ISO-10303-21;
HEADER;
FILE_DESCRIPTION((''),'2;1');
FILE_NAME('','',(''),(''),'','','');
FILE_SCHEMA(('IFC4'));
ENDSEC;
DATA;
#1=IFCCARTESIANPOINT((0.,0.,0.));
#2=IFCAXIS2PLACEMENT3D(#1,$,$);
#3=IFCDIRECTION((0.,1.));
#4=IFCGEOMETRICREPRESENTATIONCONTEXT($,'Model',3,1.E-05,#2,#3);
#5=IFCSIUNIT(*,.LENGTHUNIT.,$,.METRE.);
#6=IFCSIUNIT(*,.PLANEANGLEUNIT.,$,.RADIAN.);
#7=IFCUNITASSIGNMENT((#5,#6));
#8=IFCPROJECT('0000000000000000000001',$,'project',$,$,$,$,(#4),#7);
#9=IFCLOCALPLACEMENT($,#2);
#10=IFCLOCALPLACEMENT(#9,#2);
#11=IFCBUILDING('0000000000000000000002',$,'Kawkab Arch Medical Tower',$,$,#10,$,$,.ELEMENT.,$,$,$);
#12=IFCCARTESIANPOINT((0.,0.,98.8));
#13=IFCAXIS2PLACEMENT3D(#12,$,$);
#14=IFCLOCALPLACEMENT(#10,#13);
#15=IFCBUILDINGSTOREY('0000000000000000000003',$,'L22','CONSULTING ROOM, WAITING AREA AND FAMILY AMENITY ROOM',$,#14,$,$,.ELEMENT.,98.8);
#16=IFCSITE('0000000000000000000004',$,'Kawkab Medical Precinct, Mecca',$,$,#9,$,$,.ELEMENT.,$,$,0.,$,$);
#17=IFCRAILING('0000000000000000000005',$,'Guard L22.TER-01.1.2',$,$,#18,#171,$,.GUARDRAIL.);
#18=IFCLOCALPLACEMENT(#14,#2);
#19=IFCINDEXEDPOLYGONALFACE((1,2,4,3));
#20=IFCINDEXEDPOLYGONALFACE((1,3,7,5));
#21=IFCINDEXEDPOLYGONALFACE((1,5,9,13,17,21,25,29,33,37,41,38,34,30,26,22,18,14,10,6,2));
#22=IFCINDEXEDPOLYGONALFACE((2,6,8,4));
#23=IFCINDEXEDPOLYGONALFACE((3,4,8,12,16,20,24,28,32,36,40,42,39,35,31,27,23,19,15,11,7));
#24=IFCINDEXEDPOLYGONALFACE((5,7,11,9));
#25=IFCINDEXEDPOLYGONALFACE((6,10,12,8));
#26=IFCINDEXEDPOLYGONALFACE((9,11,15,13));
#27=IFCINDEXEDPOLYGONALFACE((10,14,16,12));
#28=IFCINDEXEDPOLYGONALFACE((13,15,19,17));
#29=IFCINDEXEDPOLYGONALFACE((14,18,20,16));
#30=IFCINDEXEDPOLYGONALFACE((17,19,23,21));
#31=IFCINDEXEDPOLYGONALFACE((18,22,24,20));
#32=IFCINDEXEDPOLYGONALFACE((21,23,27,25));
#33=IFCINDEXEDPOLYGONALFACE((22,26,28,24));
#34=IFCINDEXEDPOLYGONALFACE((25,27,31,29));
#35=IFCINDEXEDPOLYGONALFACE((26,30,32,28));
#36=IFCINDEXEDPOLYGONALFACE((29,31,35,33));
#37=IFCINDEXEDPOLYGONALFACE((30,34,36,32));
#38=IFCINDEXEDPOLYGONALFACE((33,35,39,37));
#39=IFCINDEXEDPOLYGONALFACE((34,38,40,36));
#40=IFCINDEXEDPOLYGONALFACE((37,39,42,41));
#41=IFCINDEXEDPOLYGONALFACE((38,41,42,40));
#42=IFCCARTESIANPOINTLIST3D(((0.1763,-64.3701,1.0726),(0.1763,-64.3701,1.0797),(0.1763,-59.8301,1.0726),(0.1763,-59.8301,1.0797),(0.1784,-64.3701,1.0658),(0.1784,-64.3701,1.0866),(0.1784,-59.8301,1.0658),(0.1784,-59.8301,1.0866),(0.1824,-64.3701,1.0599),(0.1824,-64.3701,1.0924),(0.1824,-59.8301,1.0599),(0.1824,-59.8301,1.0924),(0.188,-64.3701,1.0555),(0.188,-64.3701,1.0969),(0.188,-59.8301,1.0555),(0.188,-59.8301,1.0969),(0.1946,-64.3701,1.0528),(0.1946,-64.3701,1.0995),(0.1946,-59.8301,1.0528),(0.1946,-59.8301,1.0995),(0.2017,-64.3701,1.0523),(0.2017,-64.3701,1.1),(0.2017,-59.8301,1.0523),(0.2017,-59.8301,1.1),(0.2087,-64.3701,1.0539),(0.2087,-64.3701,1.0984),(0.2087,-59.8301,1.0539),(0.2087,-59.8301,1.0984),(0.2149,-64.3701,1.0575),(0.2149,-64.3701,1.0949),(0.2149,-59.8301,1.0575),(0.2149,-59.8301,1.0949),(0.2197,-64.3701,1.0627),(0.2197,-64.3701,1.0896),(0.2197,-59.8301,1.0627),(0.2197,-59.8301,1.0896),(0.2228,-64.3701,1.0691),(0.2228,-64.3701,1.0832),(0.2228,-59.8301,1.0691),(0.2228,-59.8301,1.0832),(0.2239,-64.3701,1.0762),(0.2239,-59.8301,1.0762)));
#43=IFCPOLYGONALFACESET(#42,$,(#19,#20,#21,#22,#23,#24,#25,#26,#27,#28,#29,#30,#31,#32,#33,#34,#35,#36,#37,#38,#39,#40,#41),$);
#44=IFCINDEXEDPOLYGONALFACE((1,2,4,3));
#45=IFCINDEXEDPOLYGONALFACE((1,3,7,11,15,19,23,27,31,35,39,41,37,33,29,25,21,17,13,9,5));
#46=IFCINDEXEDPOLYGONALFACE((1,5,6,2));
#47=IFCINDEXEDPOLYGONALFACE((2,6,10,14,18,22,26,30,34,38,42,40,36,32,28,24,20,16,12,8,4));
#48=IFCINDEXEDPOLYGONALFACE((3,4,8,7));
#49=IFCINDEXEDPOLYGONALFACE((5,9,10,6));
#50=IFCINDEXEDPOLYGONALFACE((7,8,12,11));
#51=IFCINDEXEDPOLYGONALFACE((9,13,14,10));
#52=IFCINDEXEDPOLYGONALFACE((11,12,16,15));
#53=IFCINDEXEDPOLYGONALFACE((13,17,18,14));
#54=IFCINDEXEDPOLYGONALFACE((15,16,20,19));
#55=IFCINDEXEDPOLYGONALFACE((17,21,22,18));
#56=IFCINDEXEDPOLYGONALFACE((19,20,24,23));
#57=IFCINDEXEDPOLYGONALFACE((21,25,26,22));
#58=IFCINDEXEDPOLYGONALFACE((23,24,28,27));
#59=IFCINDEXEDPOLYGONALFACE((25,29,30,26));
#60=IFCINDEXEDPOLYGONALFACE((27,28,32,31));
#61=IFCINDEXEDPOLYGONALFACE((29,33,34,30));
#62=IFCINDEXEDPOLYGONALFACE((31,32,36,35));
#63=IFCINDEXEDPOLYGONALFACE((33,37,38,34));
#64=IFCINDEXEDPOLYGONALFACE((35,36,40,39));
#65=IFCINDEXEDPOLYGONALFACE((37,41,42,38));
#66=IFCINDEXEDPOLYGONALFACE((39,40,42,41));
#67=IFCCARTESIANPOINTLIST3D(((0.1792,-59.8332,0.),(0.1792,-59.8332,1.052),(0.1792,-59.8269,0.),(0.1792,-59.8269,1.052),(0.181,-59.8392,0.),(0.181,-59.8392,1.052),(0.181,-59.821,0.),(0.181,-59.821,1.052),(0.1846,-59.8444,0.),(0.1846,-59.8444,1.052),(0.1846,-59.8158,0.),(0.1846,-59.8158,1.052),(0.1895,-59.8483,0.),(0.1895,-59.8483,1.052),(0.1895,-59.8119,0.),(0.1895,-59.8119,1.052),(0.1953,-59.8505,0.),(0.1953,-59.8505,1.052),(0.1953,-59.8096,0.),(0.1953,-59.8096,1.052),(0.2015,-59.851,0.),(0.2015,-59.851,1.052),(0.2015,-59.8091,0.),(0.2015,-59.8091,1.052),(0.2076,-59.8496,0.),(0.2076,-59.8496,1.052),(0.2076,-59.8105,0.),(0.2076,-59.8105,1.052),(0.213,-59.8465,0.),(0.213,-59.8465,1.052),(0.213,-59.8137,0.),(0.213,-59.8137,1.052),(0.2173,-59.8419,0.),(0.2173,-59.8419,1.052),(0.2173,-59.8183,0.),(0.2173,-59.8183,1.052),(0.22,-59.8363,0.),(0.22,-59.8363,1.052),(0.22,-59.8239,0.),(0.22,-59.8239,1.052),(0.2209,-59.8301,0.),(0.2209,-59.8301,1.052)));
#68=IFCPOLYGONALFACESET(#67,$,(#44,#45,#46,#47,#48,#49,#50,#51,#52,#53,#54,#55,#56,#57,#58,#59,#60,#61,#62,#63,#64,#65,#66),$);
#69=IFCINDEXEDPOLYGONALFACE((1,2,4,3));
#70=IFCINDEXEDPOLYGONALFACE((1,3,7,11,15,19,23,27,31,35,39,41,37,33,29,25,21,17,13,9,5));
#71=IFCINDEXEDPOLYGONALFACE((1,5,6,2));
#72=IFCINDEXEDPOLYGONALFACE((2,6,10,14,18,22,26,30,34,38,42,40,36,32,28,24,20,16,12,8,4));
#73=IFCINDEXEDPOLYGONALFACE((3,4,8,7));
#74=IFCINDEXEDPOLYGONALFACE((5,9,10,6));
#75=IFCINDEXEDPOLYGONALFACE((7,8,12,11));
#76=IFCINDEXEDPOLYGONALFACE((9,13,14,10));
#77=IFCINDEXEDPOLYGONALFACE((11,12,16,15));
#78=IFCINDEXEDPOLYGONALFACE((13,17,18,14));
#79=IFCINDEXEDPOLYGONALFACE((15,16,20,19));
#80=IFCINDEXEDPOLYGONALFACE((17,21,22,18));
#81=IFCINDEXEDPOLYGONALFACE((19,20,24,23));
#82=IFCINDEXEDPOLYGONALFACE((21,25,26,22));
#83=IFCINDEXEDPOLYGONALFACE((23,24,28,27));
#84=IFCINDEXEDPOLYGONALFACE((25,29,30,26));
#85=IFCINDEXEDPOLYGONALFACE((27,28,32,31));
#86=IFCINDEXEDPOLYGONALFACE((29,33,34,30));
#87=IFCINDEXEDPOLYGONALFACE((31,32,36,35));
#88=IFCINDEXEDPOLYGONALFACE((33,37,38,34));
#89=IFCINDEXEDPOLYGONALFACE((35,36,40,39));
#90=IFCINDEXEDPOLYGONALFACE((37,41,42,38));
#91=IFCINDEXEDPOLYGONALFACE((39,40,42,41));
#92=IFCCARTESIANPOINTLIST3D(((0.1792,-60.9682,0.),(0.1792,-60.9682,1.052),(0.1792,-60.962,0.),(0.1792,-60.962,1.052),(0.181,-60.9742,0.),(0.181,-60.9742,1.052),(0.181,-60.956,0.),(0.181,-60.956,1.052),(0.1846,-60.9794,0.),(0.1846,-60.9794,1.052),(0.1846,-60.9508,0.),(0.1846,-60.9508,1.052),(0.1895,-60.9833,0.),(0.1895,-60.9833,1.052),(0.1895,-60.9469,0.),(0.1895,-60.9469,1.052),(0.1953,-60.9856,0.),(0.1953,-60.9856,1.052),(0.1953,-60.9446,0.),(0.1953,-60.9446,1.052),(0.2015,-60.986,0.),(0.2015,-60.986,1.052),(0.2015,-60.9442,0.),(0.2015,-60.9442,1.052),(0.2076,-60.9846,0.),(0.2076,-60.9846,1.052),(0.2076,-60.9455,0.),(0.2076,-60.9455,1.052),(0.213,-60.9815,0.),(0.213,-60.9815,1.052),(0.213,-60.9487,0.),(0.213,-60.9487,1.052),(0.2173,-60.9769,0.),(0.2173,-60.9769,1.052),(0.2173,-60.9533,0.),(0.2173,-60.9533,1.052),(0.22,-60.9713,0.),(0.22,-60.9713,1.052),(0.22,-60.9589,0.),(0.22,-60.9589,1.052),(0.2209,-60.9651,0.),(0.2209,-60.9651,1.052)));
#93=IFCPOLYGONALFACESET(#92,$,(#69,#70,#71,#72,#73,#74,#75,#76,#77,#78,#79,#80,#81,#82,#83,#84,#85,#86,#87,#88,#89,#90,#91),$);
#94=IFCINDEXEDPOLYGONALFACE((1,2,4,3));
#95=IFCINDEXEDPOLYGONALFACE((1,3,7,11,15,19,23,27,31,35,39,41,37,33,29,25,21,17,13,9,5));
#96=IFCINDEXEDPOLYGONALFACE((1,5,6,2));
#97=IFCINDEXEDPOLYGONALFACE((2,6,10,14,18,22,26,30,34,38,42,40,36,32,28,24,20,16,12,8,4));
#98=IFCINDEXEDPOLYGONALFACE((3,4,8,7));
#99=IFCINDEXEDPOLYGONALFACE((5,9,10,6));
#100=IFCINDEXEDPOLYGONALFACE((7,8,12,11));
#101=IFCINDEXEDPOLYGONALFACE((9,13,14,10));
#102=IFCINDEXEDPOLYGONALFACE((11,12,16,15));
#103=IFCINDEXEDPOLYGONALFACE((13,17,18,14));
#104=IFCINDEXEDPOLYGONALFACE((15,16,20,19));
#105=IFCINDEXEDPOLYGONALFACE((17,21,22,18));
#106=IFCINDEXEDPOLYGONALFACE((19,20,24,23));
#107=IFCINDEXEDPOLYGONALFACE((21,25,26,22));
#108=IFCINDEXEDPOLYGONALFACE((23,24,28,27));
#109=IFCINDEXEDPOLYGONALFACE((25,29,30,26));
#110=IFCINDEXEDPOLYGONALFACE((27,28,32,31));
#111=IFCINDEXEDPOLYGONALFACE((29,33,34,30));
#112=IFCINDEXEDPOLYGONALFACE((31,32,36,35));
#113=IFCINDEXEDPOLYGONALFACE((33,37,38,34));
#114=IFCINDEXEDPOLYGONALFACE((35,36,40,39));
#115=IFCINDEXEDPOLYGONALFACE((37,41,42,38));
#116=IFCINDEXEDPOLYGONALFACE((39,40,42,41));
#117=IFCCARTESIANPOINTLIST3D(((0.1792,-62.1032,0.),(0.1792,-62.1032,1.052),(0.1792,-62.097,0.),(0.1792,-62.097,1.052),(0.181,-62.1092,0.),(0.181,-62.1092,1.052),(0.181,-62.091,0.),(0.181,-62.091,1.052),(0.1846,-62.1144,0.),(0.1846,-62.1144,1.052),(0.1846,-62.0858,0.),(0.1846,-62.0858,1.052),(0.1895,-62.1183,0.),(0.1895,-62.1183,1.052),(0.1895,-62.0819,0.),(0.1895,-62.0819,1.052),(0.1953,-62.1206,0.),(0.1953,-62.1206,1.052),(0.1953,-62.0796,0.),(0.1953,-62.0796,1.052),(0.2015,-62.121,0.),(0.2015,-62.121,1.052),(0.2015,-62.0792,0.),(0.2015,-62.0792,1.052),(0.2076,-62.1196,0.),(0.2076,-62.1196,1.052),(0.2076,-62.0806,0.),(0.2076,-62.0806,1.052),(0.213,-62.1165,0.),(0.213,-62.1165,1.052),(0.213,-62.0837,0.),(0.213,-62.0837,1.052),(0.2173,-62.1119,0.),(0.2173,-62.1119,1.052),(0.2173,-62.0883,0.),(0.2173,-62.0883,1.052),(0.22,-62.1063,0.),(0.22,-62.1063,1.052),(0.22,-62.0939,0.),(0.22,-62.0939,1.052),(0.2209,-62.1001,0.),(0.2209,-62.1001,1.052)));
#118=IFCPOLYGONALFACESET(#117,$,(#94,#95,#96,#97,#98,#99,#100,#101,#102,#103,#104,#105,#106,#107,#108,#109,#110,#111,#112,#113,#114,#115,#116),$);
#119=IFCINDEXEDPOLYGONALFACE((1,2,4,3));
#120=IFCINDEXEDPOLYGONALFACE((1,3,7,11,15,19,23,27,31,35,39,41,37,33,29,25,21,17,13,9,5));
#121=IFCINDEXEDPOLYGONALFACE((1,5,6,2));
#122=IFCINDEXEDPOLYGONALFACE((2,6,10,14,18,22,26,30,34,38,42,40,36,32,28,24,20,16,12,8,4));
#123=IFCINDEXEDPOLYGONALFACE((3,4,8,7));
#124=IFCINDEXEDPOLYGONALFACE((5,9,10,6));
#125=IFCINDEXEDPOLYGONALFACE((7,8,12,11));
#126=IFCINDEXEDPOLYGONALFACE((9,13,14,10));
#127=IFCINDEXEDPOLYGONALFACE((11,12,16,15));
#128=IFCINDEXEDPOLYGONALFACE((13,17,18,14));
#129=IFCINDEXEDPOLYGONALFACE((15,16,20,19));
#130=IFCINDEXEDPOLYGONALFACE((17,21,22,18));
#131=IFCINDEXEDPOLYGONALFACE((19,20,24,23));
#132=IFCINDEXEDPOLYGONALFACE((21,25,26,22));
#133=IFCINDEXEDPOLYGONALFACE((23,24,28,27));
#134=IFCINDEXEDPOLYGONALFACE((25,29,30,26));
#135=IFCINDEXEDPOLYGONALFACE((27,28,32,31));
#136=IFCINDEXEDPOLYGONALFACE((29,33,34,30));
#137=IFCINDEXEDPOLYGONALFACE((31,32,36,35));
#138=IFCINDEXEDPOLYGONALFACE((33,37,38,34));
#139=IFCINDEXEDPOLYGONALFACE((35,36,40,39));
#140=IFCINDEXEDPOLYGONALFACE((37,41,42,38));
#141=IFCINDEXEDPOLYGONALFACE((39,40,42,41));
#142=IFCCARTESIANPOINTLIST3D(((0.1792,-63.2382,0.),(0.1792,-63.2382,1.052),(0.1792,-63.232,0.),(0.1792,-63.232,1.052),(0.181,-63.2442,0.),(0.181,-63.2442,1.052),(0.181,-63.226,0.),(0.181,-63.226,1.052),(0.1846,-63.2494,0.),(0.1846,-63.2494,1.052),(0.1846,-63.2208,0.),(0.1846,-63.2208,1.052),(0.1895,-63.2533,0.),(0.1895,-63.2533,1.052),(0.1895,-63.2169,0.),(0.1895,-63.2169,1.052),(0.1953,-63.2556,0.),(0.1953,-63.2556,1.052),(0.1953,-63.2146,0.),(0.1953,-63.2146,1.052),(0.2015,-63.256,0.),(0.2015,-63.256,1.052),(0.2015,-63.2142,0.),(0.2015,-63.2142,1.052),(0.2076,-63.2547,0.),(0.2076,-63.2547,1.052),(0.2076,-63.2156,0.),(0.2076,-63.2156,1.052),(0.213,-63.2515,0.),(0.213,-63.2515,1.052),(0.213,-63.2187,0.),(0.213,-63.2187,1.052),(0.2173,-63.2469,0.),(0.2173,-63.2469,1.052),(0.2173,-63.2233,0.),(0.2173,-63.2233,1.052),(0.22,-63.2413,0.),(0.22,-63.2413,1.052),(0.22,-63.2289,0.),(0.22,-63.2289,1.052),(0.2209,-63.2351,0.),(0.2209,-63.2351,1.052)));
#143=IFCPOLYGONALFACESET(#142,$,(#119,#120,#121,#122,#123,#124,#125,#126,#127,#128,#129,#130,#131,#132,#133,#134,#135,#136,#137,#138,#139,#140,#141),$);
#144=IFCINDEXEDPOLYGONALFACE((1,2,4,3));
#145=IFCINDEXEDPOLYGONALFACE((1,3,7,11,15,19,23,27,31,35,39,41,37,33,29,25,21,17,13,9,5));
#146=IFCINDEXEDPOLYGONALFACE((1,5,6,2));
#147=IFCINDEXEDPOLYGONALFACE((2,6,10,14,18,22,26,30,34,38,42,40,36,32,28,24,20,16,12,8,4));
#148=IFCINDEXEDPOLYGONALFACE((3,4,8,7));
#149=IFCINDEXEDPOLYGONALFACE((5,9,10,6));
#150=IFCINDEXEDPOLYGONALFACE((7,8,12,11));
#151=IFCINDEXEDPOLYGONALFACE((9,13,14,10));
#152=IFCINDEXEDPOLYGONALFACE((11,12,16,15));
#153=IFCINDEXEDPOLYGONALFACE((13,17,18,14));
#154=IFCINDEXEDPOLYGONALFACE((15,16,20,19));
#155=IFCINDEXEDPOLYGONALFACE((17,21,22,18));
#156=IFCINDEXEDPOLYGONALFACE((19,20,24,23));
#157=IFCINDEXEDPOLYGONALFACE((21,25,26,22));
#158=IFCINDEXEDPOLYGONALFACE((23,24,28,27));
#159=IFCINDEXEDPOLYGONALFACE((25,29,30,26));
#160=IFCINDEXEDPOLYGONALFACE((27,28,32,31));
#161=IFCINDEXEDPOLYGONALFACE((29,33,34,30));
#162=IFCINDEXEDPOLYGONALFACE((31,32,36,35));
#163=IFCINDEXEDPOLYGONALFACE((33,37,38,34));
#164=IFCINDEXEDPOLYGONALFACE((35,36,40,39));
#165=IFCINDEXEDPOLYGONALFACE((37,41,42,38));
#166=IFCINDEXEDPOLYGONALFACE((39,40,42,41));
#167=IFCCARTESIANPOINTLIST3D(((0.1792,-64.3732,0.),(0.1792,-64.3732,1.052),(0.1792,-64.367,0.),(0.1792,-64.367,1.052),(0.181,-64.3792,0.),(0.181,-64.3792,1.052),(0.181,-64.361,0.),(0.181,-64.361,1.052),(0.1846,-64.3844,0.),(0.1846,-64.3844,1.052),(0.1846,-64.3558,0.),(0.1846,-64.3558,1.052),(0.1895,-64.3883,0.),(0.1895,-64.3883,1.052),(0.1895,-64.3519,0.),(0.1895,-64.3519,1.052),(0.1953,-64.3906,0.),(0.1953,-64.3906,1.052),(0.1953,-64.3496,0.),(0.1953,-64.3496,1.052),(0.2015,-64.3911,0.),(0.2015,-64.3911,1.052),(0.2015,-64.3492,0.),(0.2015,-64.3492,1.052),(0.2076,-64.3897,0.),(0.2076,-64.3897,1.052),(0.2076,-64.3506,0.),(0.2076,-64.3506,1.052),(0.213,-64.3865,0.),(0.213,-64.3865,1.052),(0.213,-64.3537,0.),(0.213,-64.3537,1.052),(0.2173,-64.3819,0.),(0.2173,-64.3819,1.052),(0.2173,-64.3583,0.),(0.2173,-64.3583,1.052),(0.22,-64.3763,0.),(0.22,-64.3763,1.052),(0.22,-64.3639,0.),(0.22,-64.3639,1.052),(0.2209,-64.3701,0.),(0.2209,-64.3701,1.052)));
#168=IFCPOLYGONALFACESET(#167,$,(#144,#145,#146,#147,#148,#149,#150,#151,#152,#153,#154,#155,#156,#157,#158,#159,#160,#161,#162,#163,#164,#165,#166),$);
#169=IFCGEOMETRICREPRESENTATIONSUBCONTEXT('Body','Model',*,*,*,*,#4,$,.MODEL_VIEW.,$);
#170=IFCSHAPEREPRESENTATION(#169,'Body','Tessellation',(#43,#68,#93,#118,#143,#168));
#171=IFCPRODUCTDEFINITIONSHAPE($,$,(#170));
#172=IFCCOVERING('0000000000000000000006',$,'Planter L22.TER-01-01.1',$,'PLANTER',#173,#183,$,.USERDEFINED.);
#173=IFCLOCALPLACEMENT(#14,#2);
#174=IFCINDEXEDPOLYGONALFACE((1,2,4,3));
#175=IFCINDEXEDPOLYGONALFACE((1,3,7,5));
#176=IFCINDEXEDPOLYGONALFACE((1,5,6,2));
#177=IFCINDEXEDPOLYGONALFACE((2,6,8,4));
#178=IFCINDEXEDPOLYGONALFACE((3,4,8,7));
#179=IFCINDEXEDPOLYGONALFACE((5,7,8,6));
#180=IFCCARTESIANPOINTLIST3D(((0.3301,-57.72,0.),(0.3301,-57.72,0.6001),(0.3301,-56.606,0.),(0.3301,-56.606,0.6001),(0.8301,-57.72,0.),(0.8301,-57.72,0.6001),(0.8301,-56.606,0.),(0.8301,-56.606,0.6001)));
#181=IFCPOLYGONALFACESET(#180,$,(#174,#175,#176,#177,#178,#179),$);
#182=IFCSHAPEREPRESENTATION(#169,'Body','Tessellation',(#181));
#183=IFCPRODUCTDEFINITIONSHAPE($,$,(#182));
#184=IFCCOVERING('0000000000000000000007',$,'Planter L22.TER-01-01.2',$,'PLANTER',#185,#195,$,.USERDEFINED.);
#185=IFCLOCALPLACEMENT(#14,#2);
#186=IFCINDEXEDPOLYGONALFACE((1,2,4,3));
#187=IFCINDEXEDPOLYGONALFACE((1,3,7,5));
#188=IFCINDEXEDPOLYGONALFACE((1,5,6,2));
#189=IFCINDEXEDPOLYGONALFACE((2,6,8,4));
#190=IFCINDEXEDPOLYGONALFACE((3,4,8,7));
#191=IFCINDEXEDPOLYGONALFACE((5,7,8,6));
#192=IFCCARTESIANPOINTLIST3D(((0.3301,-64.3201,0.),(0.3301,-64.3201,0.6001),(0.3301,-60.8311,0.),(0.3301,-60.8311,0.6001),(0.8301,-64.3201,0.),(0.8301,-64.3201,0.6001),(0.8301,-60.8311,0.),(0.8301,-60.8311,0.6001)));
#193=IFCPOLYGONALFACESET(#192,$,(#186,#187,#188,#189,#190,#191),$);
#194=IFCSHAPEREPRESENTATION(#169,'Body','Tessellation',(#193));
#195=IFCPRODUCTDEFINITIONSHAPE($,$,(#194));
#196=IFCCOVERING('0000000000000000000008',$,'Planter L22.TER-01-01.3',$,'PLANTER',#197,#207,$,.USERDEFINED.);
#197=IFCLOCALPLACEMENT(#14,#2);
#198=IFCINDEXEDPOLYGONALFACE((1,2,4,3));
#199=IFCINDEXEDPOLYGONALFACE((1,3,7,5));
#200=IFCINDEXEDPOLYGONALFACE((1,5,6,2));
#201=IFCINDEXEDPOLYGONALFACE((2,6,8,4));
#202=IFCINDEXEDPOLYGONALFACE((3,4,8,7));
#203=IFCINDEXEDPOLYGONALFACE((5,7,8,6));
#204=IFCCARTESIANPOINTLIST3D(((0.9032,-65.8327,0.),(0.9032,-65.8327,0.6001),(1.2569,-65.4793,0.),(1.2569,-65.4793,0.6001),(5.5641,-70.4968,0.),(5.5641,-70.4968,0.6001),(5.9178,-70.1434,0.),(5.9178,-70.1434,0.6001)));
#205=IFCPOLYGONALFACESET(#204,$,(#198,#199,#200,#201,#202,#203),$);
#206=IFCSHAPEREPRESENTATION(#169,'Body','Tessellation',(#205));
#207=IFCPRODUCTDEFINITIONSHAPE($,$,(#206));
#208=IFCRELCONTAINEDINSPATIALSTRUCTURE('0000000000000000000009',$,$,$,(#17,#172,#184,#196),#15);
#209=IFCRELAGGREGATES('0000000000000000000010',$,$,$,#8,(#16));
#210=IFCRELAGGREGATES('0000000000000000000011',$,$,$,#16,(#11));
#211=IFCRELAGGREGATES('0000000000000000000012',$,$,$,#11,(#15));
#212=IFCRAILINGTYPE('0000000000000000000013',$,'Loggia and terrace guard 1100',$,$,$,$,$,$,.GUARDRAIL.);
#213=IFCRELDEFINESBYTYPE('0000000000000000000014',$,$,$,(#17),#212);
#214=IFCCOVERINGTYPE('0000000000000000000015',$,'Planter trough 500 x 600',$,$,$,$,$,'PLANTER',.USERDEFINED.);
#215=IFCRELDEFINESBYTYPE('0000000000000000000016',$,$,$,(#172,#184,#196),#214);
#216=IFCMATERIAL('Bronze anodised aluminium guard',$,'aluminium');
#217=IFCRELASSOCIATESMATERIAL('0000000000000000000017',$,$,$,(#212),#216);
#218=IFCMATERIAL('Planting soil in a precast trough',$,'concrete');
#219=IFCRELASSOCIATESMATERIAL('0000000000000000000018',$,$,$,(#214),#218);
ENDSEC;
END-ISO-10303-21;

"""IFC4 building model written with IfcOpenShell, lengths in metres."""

from ifc_helpers import new_model, si_unit, direction, frame, origin, origin_2d, place, context, subcontext, project, spatial, rectangle, circle, extrude, material, material_profile, profile_set, type_object, element, save


model = new_model("IFC4")

# Units and contexts
model_context = context("Model", 3, precision=1e-05, world=origin(), true_north=direction((0.0, 1.0)))
body_context = subcontext(model_context, "Body", "Model", "MODEL_VIEW")
ifc_project = project(units=[si_unit("LENGTHUNIT", "METRE"), si_unit("PLANEANGLEUNIT", "RADIAN")], contexts=[model_context])

# Site, building, storey
site_placement = place(None, origin())
site = spatial("IfcSite", under=ifc_project, at=site_placement, Name="Kawkab Medical Precinct, Mecca", CompositionType="ELEMENT", RefElevation=0.0)
building_placement = place(site_placement, origin())
building = spatial("IfcBuilding", under=site, at=building_placement, Name="Kawkab Arch Medical Tower", CompositionType="ELEMENT")
storey_placement = place(building_placement, frame((0.0, 0.0, 98.8)))
storey = spatial("IfcBuildingStorey", under=building, at=storey_placement, Name="L22", Description="CONSULTING ROOM, WAITING AREA AND FAMILY AMENITY ROOM", CompositionType="ELEMENT", Elevation=98.8)

# Railing
ifc_material_1 = material(Name="Bronze anodised aluminium guard", Category="aluminium")
railing_type_1 = type_object("IfcRailingType", Name="Loggia and terrace guard 1100", PredefinedType="GUARDRAIL", material=ifc_material_1)
railing_1_placement = place(storey_placement, frame((0.2, -59.8301, 0.0)))
element("IfcRailing", 1, at=railing_1_placement, inside=storey, type_object=railing_type_1, Name="Guard L22.TER-01.1.2", PredefinedType="GUARDRAIL", context=body_context, shape_type="SweptSolid", body=[
    extrude(circle(Radius=0.0239, at=origin_2d()), frame((0.0, 0.0, 1.0762), z_axis=(0.0, -1.0, 0.0), x_axis=(1.0, 0.0, 0.0)), (0.0, 0.0, 1.0), 4.54),
    extrude(circle(Radius=0.021, at=origin_2d()), origin(), (0.0, 0.0, 1.0), 1.052),
    extrude(circle(Radius=0.021, at=origin_2d()), frame((0.0, -1.135, 0.0)), (0.0, 0.0, 1.0), 1.052),
    extrude(circle(Radius=0.021, at=origin_2d()), frame((0.0, -2.27, 0.0)), (0.0, 0.0, 1.0), 1.052),
    extrude(circle(Radius=0.021, at=origin_2d()), frame((0.0, -3.405, 0.0)), (0.0, 0.0, 1.0), 1.052),
    extrude(circle(Radius=0.021, at=origin_2d()), frame((0.0, -4.54, 0.0)), (0.0, 0.0, 1.0), 1.052),
])

# Coverings
ifc_material_2 = material(Name="Planting soil in a precast trough", Category="concrete")
ifc_material_profile_1 = material_profile(ifc_material_2, rectangle(XDim=0.5, YDim=0.6001, at=origin_2d()), Name="Trough 500x600")
ifc_profile_set_1 = profile_set([ifc_material_profile_1], Name="Planting soil in a precast trough")
covering_type = type_object("IfcCoveringType", Name="Planter trough 500 x 600", ElementType="PLANTER", PredefinedType="USERDEFINED", material=ifc_profile_set_1)
covering_1_placement = place(storey_placement, frame((0.5801, -56.606, 0.3), z_axis=(0.0, -1.0, 0.0), x_axis=(1.0, 0.0, 0.0)))
element("IfcCovering", 2, at=covering_1_placement, inside=storey, type_object=covering_type, Name="Planter L22.TER-01-01.1", ObjectType="PLANTER", PredefinedType="USERDEFINED", context=body_context, shape_type="SweptSolid", body=[
    extrude(rectangle(XDim=0.5, YDim=0.6001, at=origin_2d()), origin(), (0.0, 0.0, 1.0), 1.114),
])
covering_2_placement = place(storey_placement, frame((0.5801, -60.8311, 0.3), z_axis=(0.0, -1.0, 0.0), x_axis=(1.0, 0.0, 0.0)))
element("IfcCovering", 3, at=covering_2_placement, inside=storey, type_object=covering_type, Name="Planter L22.TER-01-01.2", ObjectType="PLANTER", PredefinedType="USERDEFINED", context=body_context, shape_type="SweptSolid", body=[
    extrude(rectangle(XDim=0.5, YDim=0.6001, at=origin_2d()), origin(), (0.0, 0.0, 1.0), 3.489),
])
covering_3_placement = place(storey_placement, frame((1.0801, -65.656, 0.3), z_axis=(0.706866, -0.707347, 0.0), x_axis=(0.707347, 0.706866, 0.0)))
element("IfcCovering", 4, at=covering_3_placement, inside=storey, type_object=covering_type, Name="Planter L22.TER-01-01.3", ObjectType="PLANTER", PredefinedType="USERDEFINED", context=body_context, shape_type="SweptSolid", body=[
    extrude(rectangle(XDim=0.5, YDim=0.6001, at=origin_2d()), origin(), (0.0, 0.0, 1.0), 6.5938),
])

save(model, "model.ifc")
